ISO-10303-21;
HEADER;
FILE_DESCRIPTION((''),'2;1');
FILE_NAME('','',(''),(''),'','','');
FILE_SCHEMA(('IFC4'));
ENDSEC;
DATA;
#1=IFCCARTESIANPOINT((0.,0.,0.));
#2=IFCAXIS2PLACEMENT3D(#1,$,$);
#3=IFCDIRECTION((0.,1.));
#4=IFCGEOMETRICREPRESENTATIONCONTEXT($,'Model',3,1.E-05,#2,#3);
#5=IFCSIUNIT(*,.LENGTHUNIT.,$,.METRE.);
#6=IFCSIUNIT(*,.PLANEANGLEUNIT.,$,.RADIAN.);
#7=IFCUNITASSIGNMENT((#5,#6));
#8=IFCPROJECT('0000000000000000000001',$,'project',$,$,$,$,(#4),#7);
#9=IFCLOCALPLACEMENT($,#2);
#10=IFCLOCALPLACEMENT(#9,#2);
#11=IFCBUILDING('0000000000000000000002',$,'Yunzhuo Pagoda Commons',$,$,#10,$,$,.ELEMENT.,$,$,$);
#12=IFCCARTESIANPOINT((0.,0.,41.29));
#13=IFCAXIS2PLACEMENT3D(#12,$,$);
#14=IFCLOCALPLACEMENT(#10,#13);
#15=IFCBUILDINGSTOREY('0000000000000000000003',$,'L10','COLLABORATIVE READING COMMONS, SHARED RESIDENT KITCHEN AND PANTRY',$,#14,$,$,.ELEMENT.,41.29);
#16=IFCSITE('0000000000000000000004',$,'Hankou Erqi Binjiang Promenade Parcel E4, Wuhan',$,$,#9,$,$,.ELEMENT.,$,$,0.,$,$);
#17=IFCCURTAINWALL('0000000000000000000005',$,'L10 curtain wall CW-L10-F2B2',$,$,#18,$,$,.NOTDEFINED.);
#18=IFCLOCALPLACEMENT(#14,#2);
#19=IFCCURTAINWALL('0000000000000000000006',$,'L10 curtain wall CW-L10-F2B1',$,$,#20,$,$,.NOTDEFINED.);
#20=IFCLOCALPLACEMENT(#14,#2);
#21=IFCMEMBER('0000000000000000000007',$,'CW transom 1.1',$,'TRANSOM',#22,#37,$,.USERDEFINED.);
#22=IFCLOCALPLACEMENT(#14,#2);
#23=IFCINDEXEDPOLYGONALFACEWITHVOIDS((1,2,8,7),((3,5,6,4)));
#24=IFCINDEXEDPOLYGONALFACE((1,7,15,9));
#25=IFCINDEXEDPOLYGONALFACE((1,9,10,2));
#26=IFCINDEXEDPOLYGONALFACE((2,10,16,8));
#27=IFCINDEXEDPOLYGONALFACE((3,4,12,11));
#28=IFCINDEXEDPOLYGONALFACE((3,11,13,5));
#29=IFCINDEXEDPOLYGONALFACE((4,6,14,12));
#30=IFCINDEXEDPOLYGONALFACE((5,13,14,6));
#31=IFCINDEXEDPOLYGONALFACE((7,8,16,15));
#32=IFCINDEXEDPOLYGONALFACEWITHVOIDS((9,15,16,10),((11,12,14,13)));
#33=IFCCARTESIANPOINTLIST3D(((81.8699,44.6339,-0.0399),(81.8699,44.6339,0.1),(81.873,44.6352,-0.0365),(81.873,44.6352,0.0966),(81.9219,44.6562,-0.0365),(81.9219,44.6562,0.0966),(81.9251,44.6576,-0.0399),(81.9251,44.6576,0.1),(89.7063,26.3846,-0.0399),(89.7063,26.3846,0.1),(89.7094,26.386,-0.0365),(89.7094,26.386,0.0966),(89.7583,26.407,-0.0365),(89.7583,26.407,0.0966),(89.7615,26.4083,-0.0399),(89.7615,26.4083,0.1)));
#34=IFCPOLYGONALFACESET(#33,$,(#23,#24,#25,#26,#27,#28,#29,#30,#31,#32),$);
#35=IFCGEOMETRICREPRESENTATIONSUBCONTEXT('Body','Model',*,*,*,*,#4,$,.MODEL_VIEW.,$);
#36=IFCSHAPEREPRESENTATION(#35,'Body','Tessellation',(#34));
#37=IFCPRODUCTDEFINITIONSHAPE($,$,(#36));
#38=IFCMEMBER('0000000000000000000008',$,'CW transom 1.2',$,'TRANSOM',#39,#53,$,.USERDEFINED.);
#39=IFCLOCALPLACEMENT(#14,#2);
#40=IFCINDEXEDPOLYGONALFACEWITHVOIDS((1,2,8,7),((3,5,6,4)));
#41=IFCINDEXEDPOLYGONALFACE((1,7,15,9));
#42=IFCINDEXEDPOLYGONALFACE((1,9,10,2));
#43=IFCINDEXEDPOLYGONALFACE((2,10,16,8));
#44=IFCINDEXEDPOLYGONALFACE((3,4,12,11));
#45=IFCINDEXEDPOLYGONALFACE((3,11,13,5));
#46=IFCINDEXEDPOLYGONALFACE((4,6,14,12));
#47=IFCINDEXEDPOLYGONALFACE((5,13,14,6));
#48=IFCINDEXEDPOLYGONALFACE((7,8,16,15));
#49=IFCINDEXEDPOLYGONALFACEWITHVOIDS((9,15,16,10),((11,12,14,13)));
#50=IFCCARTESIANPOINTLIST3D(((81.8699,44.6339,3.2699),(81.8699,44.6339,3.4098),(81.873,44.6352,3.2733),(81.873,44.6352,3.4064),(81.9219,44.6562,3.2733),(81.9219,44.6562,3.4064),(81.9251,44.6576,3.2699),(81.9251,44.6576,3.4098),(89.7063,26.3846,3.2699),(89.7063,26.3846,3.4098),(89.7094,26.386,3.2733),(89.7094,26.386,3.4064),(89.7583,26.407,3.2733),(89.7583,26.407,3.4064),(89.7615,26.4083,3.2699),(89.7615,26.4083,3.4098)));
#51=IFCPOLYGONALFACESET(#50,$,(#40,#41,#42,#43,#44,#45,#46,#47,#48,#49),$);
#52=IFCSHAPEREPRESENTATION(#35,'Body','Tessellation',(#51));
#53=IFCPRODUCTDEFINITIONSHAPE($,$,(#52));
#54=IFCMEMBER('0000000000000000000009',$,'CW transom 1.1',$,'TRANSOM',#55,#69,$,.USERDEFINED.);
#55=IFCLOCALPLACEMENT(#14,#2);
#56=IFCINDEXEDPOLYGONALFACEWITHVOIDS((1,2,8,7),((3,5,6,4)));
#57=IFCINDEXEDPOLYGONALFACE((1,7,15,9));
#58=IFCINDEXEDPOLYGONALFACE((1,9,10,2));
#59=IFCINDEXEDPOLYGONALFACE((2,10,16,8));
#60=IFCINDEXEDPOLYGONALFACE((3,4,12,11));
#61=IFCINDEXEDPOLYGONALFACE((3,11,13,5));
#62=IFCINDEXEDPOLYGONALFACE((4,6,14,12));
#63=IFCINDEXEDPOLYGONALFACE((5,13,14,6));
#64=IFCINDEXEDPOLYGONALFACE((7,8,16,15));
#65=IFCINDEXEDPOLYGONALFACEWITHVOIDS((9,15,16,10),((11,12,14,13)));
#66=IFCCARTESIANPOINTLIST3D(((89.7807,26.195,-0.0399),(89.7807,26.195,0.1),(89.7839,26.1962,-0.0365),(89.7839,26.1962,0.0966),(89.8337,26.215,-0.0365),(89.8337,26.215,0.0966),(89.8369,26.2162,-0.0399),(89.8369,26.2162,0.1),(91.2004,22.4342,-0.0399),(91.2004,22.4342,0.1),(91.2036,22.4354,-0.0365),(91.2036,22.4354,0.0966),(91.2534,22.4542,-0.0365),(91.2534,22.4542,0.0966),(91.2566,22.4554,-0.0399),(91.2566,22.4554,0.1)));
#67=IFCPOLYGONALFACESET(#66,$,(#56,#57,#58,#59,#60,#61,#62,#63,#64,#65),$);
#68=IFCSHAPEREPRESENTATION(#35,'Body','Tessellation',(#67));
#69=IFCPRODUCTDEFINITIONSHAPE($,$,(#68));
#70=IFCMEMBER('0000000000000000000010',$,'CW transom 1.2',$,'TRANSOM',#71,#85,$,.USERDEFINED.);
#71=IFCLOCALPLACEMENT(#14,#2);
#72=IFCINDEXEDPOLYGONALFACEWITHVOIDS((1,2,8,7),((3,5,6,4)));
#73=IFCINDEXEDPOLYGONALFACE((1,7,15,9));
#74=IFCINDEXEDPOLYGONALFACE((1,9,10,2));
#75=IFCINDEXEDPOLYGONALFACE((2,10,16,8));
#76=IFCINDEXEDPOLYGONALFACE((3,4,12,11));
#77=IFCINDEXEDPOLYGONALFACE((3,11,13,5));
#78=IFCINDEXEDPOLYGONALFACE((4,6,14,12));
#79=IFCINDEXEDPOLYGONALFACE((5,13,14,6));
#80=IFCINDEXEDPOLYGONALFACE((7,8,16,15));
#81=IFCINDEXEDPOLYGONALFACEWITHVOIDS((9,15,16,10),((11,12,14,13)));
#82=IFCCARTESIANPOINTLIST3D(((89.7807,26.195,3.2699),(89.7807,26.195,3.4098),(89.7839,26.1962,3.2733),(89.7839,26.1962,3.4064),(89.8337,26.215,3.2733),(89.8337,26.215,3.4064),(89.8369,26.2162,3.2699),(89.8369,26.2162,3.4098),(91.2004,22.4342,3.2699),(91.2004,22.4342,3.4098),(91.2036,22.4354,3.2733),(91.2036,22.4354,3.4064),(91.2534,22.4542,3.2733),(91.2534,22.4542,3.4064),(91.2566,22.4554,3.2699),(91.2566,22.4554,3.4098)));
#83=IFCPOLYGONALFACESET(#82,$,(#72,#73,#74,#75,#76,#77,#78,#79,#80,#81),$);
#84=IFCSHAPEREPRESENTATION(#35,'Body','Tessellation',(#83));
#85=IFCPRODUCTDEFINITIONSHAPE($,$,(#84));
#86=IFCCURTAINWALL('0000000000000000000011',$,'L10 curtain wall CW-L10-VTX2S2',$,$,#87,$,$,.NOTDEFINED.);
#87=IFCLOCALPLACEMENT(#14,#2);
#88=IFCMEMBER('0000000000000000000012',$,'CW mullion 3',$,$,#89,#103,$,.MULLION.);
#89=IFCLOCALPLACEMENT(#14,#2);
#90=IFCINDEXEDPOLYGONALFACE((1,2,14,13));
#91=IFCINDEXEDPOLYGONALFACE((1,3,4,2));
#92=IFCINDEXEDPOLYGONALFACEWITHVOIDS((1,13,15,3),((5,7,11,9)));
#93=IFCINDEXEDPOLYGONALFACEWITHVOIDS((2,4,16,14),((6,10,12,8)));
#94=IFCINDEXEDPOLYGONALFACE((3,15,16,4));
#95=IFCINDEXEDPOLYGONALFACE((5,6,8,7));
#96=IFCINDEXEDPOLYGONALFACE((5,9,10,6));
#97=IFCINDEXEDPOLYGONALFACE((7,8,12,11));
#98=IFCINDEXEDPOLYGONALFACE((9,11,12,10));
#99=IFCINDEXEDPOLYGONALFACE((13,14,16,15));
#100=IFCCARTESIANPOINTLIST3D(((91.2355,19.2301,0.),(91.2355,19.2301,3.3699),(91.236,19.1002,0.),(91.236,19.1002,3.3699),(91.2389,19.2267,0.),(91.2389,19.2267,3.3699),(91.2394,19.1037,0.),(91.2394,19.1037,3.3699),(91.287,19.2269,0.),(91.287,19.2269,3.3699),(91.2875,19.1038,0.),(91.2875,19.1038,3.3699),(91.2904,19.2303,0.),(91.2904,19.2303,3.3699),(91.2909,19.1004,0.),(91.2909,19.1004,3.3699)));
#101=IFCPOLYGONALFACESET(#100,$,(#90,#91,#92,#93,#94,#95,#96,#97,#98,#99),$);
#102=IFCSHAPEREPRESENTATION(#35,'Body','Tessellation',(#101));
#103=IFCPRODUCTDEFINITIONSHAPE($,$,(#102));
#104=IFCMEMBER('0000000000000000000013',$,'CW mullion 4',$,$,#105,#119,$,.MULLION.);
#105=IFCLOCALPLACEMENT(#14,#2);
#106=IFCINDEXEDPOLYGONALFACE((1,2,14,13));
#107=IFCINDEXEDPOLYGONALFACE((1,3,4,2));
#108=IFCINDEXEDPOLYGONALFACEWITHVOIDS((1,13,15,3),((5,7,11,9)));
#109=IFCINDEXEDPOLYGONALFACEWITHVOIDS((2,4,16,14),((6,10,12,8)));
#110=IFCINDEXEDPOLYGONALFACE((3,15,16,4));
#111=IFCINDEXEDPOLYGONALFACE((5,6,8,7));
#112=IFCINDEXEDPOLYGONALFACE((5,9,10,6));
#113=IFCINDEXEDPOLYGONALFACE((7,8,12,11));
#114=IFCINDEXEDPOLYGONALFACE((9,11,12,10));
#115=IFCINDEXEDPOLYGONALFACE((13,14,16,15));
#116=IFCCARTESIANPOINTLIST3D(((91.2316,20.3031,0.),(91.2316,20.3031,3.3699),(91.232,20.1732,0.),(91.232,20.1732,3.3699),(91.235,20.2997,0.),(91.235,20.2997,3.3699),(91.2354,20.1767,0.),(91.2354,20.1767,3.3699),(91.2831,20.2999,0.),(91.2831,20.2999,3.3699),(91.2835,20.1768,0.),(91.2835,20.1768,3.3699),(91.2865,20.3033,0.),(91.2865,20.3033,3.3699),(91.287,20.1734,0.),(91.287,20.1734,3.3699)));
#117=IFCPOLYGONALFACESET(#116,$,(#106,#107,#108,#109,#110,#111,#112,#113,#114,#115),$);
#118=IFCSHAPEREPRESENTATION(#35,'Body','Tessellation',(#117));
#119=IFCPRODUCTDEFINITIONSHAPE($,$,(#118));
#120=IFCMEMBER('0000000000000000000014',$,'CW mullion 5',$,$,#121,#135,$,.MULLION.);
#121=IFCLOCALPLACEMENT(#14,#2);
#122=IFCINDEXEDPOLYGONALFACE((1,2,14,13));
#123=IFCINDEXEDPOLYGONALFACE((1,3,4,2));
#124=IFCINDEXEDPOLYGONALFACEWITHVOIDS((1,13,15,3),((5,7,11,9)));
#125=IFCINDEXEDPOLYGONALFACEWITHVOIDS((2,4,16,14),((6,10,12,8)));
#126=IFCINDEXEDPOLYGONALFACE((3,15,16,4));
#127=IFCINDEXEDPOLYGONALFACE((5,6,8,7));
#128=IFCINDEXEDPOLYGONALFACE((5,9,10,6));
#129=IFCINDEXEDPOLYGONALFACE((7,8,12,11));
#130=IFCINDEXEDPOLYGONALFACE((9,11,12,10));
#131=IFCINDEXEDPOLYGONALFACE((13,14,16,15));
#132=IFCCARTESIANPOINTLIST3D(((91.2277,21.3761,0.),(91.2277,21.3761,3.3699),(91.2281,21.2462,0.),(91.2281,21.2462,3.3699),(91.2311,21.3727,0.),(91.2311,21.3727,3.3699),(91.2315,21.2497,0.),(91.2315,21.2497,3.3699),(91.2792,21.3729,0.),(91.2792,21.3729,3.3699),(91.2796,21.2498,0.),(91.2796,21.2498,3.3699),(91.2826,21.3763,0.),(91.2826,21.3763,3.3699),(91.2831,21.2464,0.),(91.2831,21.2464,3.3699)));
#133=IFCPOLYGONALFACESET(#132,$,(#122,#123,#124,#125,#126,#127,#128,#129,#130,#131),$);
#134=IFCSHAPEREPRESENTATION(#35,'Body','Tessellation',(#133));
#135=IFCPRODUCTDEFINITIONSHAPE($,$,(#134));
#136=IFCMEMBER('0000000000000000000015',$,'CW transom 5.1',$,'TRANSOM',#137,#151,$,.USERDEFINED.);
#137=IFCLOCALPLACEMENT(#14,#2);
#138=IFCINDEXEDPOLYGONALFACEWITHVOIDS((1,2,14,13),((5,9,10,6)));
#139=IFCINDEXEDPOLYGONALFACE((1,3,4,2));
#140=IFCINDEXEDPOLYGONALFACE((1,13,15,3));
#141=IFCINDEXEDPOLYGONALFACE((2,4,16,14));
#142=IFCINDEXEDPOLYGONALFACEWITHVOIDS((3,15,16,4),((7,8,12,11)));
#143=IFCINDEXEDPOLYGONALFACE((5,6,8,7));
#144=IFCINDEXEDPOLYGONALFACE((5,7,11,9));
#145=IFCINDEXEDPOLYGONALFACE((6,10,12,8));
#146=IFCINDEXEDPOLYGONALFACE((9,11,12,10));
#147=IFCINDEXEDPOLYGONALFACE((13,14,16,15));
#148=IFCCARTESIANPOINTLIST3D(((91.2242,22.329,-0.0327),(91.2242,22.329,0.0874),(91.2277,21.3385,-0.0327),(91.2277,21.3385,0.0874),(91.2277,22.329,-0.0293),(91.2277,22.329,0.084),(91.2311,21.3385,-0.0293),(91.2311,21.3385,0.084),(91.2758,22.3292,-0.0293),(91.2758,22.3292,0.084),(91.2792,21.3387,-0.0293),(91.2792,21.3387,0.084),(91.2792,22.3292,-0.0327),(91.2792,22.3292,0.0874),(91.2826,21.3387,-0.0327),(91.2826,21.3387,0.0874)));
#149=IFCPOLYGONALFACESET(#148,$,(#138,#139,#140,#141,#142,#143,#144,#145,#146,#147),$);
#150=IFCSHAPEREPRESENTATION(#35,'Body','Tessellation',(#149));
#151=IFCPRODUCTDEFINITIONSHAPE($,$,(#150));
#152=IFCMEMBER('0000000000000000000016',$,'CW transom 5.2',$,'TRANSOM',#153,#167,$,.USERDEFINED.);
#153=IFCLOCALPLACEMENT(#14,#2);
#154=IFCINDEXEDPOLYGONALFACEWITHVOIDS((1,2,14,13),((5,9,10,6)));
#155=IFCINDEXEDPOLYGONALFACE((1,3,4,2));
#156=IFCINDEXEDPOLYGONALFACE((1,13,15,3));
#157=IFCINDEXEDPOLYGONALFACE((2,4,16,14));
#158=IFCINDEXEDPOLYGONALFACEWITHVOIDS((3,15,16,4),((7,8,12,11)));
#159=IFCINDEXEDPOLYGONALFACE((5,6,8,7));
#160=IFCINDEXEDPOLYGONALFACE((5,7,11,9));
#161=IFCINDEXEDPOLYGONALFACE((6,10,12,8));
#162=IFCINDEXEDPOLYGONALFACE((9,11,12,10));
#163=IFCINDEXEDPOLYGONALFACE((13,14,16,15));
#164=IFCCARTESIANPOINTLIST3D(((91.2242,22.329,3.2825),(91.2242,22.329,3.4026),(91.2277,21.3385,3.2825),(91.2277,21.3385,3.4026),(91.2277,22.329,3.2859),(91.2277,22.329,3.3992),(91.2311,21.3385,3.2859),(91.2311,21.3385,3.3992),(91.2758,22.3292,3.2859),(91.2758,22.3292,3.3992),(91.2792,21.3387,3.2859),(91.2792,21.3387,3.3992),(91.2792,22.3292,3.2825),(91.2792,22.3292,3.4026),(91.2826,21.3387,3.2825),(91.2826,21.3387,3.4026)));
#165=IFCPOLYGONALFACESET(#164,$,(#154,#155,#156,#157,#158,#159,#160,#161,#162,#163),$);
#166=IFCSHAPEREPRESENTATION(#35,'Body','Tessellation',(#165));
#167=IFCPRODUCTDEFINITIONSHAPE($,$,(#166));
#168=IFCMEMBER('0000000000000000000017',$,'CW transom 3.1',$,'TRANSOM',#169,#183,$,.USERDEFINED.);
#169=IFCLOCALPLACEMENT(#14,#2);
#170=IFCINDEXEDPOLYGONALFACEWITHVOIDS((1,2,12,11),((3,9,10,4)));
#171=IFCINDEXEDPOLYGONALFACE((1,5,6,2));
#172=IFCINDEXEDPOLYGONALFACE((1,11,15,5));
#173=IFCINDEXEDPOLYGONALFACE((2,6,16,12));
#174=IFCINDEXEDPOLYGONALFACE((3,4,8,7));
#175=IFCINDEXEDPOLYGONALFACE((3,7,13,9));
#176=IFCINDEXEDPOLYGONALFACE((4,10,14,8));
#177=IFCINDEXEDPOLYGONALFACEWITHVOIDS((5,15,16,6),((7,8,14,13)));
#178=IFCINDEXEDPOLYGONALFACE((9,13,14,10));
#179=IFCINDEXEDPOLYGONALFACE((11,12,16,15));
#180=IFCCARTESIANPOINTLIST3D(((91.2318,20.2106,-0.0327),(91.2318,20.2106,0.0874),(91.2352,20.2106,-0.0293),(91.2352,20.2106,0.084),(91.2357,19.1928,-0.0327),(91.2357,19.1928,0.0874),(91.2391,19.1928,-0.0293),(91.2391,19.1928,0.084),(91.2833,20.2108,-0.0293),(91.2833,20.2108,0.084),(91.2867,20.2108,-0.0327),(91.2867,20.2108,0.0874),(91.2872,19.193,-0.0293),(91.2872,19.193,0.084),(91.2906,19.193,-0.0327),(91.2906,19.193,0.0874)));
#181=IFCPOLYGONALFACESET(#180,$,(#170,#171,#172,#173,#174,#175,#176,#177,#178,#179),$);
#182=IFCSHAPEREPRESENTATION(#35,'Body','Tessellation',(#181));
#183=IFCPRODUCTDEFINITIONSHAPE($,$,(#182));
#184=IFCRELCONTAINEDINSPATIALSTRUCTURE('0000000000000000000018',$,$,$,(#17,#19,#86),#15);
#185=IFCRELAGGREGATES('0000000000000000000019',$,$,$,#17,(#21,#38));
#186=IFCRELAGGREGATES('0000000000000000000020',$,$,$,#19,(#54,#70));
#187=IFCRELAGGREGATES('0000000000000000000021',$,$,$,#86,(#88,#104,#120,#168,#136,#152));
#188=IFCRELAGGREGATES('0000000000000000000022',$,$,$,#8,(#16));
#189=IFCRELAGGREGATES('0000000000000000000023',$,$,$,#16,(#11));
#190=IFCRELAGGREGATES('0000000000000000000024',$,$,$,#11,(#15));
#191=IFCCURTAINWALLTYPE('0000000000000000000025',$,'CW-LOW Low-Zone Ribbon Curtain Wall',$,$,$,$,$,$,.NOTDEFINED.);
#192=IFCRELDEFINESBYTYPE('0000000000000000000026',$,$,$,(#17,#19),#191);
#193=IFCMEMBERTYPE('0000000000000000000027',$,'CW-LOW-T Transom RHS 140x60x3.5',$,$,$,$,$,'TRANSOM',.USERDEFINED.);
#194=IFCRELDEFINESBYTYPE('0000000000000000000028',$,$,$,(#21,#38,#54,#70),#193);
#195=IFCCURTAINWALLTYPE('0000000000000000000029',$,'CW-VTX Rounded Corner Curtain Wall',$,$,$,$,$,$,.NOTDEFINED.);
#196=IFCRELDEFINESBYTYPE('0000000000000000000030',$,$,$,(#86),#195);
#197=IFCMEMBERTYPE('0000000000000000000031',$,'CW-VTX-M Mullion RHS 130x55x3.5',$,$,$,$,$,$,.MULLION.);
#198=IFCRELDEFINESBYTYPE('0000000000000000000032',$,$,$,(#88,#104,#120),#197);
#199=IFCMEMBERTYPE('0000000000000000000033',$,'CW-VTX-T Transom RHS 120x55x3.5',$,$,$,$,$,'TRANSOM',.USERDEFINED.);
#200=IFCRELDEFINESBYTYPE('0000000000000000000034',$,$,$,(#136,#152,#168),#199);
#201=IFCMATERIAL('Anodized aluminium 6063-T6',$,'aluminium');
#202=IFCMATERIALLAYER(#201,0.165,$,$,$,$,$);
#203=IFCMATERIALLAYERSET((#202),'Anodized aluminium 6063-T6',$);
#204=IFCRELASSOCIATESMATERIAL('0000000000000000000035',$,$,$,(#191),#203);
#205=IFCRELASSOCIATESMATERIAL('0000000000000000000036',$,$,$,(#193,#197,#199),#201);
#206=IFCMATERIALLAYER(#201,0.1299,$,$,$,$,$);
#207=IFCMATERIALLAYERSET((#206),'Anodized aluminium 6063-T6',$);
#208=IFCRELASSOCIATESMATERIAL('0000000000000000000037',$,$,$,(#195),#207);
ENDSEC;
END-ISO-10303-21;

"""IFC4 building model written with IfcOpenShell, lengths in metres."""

from ifc_helpers import new_model, si_unit, direction, frame, origin, origin_2d, place, context, subcontext, project, spatial, hollow_rectangle, extrude, source, transform, mapped, material, layer, layer_set, material_profile, profile_set, type_object, element, aggregate, save


model = new_model("IFC4")

# Units and contexts
model_context = context("Model", 3, precision=1e-05, world=origin(), true_north=direction((0.0, 1.0)))
body_context = subcontext(model_context, "Body", "Model", "MODEL_VIEW")
ifc_project = project(units=[si_unit("LENGTHUNIT", "METRE"), si_unit("PLANEANGLEUNIT", "RADIAN")], contexts=[model_context])

# Site, building, storey
site_placement = place(None, origin())
site = spatial("IfcSite", under=ifc_project, at=site_placement, Name="Hankou Erqi Binjiang Promenade Parcel E4, Wuhan", CompositionType="ELEMENT", RefElevation=0.0)
building_placement = place(site_placement, origin())
building = spatial("IfcBuilding", under=site, at=building_placement, Name="Yunzhuo Pagoda Commons", CompositionType="ELEMENT")
storey_placement = place(building_placement, frame((0.0, 0.0, 41.29)))
storey = spatial("IfcBuildingStorey", under=building, at=storey_placement, Name="L10", Description="COLLABORATIVE READING COMMONS, SHARED RESIDENT KITCHEN AND PANTRY", CompositionType="ELEMENT", Elevation=41.29)

# Curtain wall
ifc_material_1 = material(Name="Anodized aluminium 6063-T6", Category="aluminium")
ifc_layer_1 = layer(ifc_material_1, 0.165)
ifc_layer_set_1 = layer_set([ifc_layer_1], Name="Anodized aluminium 6063-T6")
curtain_wall_type_1 = type_object("IfcCurtainWallType", Name="CW-LOW Low-Zone Ribbon Curtain Wall", PredefinedType="NOTDEFINED", material=ifc_layer_set_1)
curtain_wall_1_placement = place(storey_placement, origin())
curtain_wall_1 = element("IfcCurtainWall", 1, at=curtain_wall_1_placement, inside=storey, type_object=curtain_wall_type_1, Name="L10 curtain wall CW-L10-F2B2", PredefinedType="NOTDEFINED")

# Curtain wall
curtain_wall_2_placement = place(storey_placement, origin())
curtain_wall_2 = element("IfcCurtainWall", 2, at=curtain_wall_2_placement, inside=storey, type_object=curtain_wall_type_1, Name="L10 curtain wall CW-L10-F2B1", PredefinedType="NOTDEFINED")

# Members
ifc_material_profile_1 = material_profile(ifc_material_1, hollow_rectangle(XDim=0.0601, YDim=0.1399, WallThickness=0.0034, at=origin_2d()), Name="Anodized aluminium 6063-T6")
ifc_profile_set_1 = profile_set([ifc_material_profile_1], Name="Anodized aluminium 6063-T6")
member_type_1 = type_object("IfcMemberType", Name="CW-LOW-T Transom RHS 140x60x3.5", ElementType="TRANSOM", PredefinedType="USERDEFINED", material=ifc_profile_set_1)
shared_shape_1 = source(origin(), body_context, "Body", "SweptSolid", [
    extrude(hollow_rectangle(XDim=0.0601, YDim=0.1399, WallThickness=0.0034, at=origin_2d()), origin(), (0.0, 0.0, 1.0), 19.8606),
])
member_1_placement = place(storey_placement, frame((89.7339, 26.3965, 0.03), z_axis=(-0.39457, 0.918866, 0.0), x_axis=(-0.918866, -0.39457, 0.0)))
member_1 = element("IfcMember", 3, at=member_1_placement, type_object=member_type_1, Name="CW transom 1.1", ObjectType="TRANSOM", PredefinedType="USERDEFINED", context=body_context, shape_type="MappedRepresentation", body=[
    mapped(shared_shape_1, transform((0.0, 0.0, 0.0), scale=1.0)),
])
member_2_placement = place(storey_placement, frame((89.7339, 26.3965, 3.3398), z_axis=(-0.39457, 0.918866, 0.0), x_axis=(-0.918866, -0.39457, 0.0)))
member_2 = element("IfcMember", 4, at=member_2_placement, type_object=member_type_1, Name="CW transom 1.2", ObjectType="TRANSOM", PredefinedType="USERDEFINED", context=body_context, shape_type="MappedRepresentation", body=[
    mapped(shared_shape_1, transform((0.0, 0.0, 0.0), scale=1.0)),
])
shared_shape_2 = source(origin(), body_context, "Body", "SweptSolid", [
    extrude(hollow_rectangle(XDim=0.0601, YDim=0.1399, WallThickness=0.0034, at=origin_2d()), origin(), (0.0, 0.0, 1.0), 4.0198),
])
member_3_placement = place(storey_placement, frame((91.2285, 22.4448, 0.03), z_axis=(-0.353173, 0.935558, 0.0), x_axis=(-0.935558, -0.353173, 0.0)))
member_3 = element("IfcMember", 5, at=member_3_placement, type_object=member_type_1, Name="CW transom 1.1", ObjectType="TRANSOM", PredefinedType="USERDEFINED", context=body_context, shape_type="MappedRepresentation", body=[
    mapped(shared_shape_2, transform((0.0, 0.0, 0.0), scale=1.0)),
])
member_4_placement = place(storey_placement, frame((91.2285, 22.4448, 3.3398), z_axis=(-0.353173, 0.935558, 0.0), x_axis=(-0.935558, -0.353173, 0.0)))
member_4 = element("IfcMember", 6, at=member_4_placement, type_object=member_type_1, Name="CW transom 1.2", ObjectType="TRANSOM", PredefinedType="USERDEFINED", context=body_context, shape_type="MappedRepresentation", body=[
    mapped(shared_shape_2, transform((0.0, 0.0, 0.0), scale=1.0)),
])

# Curtain wall, members
ifc_layer_2 = layer(ifc_material_1, 0.1299)
ifc_layer_set_2 = layer_set([ifc_layer_2], Name="Anodized aluminium 6063-T6")
curtain_wall_type_2 = type_object("IfcCurtainWallType", Name="CW-VTX Rounded Corner Curtain Wall", PredefinedType="NOTDEFINED", material=ifc_layer_set_2)
curtain_wall_3_placement = place(storey_placement, origin())
curtain_wall_3 = element("IfcCurtainWall", 7, at=curtain_wall_3_placement, inside=storey, type_object=curtain_wall_type_2, Name="L10 curtain wall CW-L10-VTX2S2", PredefinedType="NOTDEFINED")
ifc_material_profile_2 = material_profile(ifc_material_1, hollow_rectangle(XDim=0.0549, YDim=0.1299, WallThickness=0.0034, at=origin_2d()), Name="Anodized aluminium 6063-T6")
ifc_profile_set_2 = profile_set([ifc_material_profile_2], Name="Anodized aluminium 6063-T6")
member_type_2 = type_object("IfcMemberType", Name="CW-VTX-M Mullion RHS 130x55x3.5", PredefinedType="MULLION", material=ifc_profile_set_2)
shared_shape_3 = source(origin(), body_context, "Body", "SweptSolid", [
    extrude(hollow_rectangle(XDim=0.0549, YDim=0.1299, WallThickness=0.0034, at=origin_2d()), origin(), (0.0, 0.0, 1.0), 3.3699),
])
member_5_placement = place(storey_placement, frame((91.2632, 19.1653, 0.0), z_axis=(0.0, 0.0, 1.0), x_axis=(-0.999994, -0.003579, 0.0)))
member_5 = element("IfcMember", 8, at=member_5_placement, type_object=member_type_2, Name="CW mullion 3", PredefinedType="MULLION", context=body_context, shape_type="MappedRepresentation", body=[
    mapped(shared_shape_3, transform((0.0, 0.0, 0.0), scale=1.0)),
])
member_6_placement = place(storey_placement, frame((91.2593, 20.2383, 0.0), z_axis=(0.0, 0.0, 1.0), x_axis=(-0.999994, -0.003579, 0.0)))
member_6 = element("IfcMember", 9, at=member_6_placement, type_object=member_type_2, Name="CW mullion 4", PredefinedType="MULLION", context=body_context, shape_type="MappedRepresentation", body=[
    mapped(shared_shape_3, transform((0.0, 0.0, 0.0), scale=1.0)),
])
member_7_placement = place(storey_placement, frame((91.2554, 21.3113, 0.0), z_axis=(0.0, 0.0, 1.0), x_axis=(-0.999994, -0.003579, 0.0)))
member_7 = element("IfcMember", 10, at=member_7_placement, type_object=member_type_2, Name="CW mullion 5", PredefinedType="MULLION", context=body_context, shape_type="MappedRepresentation", body=[
    mapped(shared_shape_3, transform((0.0, 0.0, 0.0), scale=1.0)),
])
ifc_material_profile_3 = material_profile(ifc_material_1, hollow_rectangle(XDim=0.0549, YDim=0.1201, WallThickness=0.0034, at=origin_2d()), Name="Anodized aluminium 6063-T6")
ifc_profile_set_3 = profile_set([ifc_material_profile_3], Name="Anodized aluminium 6063-T6")
member_type_3 = type_object("IfcMemberType", Name="CW-VTX-T Transom RHS 120x55x3.5", ElementType="TRANSOM", PredefinedType="USERDEFINED", material=ifc_profile_set_3)
shared_shape_4 = source(origin(), body_context, "Body", "SweptSolid", [
    extrude(hollow_rectangle(XDim=0.0549, YDim=0.1201, WallThickness=0.0034, at=origin_2d()), origin(), (0.0, 0.0, 1.0), 0.9905),
])
member_8_placement = place(storey_placement, frame((91.2551, 21.3386, 0.0273), z_axis=(-0.003451, 0.999994, 0.0), x_axis=(-0.999994, -0.003451, 0.0)))
member_8 = element("IfcMember", 11, at=member_8_placement, type_object=member_type_3, Name="CW transom 5.1", ObjectType="TRANSOM", PredefinedType="USERDEFINED", context=body_context, shape_type="MappedRepresentation", body=[
    mapped(shared_shape_4, transform((0.0, 0.0, 0.0), scale=1.0)),
])
member_9_placement = place(storey_placement, frame((91.2551, 21.3386, 3.3425), z_axis=(-0.003451, 0.999994, 0.0), x_axis=(-0.999994, -0.003451, 0.0)))
member_9 = element("IfcMember", 12, at=member_9_placement, type_object=member_type_3, Name="CW transom 5.2", ObjectType="TRANSOM", PredefinedType="USERDEFINED", context=body_context, shape_type="MappedRepresentation", body=[
    mapped(shared_shape_4, transform((0.0, 0.0, 0.0), scale=1.0)),
])
shared_shape_5 = source(origin(), body_context, "Body", "SweptSolid", [
    extrude(hollow_rectangle(XDim=0.0549, YDim=0.1201, WallThickness=0.0034, at=origin_2d()), origin(), (0.0, 0.0, 1.0), 1.0178),
])
member_10_placement = place(storey_placement, frame((91.2632, 19.1929, 0.0273), z_axis=(-0.003838, 0.999993, 0.0), x_axis=(-0.999993, -0.003838, 0.0)))
member_10 = element("IfcMember", 13, at=member_10_placement, type_object=member_type_3, Name="CW transom 3.1", ObjectType="TRANSOM", PredefinedType="USERDEFINED", context=body_context, shape_type="MappedRepresentation", body=[
    mapped(shared_shape_5, transform((0.0, 0.0, 0.0), scale=1.0)),
])

aggregate(curtain_wall_1, [member_1, member_2])
aggregate(curtain_wall_2, [member_3, member_4])
aggregate(curtain_wall_3, [member_5, member_6, member_7, member_10, member_8, member_9])

save(model, "model.ifc")
